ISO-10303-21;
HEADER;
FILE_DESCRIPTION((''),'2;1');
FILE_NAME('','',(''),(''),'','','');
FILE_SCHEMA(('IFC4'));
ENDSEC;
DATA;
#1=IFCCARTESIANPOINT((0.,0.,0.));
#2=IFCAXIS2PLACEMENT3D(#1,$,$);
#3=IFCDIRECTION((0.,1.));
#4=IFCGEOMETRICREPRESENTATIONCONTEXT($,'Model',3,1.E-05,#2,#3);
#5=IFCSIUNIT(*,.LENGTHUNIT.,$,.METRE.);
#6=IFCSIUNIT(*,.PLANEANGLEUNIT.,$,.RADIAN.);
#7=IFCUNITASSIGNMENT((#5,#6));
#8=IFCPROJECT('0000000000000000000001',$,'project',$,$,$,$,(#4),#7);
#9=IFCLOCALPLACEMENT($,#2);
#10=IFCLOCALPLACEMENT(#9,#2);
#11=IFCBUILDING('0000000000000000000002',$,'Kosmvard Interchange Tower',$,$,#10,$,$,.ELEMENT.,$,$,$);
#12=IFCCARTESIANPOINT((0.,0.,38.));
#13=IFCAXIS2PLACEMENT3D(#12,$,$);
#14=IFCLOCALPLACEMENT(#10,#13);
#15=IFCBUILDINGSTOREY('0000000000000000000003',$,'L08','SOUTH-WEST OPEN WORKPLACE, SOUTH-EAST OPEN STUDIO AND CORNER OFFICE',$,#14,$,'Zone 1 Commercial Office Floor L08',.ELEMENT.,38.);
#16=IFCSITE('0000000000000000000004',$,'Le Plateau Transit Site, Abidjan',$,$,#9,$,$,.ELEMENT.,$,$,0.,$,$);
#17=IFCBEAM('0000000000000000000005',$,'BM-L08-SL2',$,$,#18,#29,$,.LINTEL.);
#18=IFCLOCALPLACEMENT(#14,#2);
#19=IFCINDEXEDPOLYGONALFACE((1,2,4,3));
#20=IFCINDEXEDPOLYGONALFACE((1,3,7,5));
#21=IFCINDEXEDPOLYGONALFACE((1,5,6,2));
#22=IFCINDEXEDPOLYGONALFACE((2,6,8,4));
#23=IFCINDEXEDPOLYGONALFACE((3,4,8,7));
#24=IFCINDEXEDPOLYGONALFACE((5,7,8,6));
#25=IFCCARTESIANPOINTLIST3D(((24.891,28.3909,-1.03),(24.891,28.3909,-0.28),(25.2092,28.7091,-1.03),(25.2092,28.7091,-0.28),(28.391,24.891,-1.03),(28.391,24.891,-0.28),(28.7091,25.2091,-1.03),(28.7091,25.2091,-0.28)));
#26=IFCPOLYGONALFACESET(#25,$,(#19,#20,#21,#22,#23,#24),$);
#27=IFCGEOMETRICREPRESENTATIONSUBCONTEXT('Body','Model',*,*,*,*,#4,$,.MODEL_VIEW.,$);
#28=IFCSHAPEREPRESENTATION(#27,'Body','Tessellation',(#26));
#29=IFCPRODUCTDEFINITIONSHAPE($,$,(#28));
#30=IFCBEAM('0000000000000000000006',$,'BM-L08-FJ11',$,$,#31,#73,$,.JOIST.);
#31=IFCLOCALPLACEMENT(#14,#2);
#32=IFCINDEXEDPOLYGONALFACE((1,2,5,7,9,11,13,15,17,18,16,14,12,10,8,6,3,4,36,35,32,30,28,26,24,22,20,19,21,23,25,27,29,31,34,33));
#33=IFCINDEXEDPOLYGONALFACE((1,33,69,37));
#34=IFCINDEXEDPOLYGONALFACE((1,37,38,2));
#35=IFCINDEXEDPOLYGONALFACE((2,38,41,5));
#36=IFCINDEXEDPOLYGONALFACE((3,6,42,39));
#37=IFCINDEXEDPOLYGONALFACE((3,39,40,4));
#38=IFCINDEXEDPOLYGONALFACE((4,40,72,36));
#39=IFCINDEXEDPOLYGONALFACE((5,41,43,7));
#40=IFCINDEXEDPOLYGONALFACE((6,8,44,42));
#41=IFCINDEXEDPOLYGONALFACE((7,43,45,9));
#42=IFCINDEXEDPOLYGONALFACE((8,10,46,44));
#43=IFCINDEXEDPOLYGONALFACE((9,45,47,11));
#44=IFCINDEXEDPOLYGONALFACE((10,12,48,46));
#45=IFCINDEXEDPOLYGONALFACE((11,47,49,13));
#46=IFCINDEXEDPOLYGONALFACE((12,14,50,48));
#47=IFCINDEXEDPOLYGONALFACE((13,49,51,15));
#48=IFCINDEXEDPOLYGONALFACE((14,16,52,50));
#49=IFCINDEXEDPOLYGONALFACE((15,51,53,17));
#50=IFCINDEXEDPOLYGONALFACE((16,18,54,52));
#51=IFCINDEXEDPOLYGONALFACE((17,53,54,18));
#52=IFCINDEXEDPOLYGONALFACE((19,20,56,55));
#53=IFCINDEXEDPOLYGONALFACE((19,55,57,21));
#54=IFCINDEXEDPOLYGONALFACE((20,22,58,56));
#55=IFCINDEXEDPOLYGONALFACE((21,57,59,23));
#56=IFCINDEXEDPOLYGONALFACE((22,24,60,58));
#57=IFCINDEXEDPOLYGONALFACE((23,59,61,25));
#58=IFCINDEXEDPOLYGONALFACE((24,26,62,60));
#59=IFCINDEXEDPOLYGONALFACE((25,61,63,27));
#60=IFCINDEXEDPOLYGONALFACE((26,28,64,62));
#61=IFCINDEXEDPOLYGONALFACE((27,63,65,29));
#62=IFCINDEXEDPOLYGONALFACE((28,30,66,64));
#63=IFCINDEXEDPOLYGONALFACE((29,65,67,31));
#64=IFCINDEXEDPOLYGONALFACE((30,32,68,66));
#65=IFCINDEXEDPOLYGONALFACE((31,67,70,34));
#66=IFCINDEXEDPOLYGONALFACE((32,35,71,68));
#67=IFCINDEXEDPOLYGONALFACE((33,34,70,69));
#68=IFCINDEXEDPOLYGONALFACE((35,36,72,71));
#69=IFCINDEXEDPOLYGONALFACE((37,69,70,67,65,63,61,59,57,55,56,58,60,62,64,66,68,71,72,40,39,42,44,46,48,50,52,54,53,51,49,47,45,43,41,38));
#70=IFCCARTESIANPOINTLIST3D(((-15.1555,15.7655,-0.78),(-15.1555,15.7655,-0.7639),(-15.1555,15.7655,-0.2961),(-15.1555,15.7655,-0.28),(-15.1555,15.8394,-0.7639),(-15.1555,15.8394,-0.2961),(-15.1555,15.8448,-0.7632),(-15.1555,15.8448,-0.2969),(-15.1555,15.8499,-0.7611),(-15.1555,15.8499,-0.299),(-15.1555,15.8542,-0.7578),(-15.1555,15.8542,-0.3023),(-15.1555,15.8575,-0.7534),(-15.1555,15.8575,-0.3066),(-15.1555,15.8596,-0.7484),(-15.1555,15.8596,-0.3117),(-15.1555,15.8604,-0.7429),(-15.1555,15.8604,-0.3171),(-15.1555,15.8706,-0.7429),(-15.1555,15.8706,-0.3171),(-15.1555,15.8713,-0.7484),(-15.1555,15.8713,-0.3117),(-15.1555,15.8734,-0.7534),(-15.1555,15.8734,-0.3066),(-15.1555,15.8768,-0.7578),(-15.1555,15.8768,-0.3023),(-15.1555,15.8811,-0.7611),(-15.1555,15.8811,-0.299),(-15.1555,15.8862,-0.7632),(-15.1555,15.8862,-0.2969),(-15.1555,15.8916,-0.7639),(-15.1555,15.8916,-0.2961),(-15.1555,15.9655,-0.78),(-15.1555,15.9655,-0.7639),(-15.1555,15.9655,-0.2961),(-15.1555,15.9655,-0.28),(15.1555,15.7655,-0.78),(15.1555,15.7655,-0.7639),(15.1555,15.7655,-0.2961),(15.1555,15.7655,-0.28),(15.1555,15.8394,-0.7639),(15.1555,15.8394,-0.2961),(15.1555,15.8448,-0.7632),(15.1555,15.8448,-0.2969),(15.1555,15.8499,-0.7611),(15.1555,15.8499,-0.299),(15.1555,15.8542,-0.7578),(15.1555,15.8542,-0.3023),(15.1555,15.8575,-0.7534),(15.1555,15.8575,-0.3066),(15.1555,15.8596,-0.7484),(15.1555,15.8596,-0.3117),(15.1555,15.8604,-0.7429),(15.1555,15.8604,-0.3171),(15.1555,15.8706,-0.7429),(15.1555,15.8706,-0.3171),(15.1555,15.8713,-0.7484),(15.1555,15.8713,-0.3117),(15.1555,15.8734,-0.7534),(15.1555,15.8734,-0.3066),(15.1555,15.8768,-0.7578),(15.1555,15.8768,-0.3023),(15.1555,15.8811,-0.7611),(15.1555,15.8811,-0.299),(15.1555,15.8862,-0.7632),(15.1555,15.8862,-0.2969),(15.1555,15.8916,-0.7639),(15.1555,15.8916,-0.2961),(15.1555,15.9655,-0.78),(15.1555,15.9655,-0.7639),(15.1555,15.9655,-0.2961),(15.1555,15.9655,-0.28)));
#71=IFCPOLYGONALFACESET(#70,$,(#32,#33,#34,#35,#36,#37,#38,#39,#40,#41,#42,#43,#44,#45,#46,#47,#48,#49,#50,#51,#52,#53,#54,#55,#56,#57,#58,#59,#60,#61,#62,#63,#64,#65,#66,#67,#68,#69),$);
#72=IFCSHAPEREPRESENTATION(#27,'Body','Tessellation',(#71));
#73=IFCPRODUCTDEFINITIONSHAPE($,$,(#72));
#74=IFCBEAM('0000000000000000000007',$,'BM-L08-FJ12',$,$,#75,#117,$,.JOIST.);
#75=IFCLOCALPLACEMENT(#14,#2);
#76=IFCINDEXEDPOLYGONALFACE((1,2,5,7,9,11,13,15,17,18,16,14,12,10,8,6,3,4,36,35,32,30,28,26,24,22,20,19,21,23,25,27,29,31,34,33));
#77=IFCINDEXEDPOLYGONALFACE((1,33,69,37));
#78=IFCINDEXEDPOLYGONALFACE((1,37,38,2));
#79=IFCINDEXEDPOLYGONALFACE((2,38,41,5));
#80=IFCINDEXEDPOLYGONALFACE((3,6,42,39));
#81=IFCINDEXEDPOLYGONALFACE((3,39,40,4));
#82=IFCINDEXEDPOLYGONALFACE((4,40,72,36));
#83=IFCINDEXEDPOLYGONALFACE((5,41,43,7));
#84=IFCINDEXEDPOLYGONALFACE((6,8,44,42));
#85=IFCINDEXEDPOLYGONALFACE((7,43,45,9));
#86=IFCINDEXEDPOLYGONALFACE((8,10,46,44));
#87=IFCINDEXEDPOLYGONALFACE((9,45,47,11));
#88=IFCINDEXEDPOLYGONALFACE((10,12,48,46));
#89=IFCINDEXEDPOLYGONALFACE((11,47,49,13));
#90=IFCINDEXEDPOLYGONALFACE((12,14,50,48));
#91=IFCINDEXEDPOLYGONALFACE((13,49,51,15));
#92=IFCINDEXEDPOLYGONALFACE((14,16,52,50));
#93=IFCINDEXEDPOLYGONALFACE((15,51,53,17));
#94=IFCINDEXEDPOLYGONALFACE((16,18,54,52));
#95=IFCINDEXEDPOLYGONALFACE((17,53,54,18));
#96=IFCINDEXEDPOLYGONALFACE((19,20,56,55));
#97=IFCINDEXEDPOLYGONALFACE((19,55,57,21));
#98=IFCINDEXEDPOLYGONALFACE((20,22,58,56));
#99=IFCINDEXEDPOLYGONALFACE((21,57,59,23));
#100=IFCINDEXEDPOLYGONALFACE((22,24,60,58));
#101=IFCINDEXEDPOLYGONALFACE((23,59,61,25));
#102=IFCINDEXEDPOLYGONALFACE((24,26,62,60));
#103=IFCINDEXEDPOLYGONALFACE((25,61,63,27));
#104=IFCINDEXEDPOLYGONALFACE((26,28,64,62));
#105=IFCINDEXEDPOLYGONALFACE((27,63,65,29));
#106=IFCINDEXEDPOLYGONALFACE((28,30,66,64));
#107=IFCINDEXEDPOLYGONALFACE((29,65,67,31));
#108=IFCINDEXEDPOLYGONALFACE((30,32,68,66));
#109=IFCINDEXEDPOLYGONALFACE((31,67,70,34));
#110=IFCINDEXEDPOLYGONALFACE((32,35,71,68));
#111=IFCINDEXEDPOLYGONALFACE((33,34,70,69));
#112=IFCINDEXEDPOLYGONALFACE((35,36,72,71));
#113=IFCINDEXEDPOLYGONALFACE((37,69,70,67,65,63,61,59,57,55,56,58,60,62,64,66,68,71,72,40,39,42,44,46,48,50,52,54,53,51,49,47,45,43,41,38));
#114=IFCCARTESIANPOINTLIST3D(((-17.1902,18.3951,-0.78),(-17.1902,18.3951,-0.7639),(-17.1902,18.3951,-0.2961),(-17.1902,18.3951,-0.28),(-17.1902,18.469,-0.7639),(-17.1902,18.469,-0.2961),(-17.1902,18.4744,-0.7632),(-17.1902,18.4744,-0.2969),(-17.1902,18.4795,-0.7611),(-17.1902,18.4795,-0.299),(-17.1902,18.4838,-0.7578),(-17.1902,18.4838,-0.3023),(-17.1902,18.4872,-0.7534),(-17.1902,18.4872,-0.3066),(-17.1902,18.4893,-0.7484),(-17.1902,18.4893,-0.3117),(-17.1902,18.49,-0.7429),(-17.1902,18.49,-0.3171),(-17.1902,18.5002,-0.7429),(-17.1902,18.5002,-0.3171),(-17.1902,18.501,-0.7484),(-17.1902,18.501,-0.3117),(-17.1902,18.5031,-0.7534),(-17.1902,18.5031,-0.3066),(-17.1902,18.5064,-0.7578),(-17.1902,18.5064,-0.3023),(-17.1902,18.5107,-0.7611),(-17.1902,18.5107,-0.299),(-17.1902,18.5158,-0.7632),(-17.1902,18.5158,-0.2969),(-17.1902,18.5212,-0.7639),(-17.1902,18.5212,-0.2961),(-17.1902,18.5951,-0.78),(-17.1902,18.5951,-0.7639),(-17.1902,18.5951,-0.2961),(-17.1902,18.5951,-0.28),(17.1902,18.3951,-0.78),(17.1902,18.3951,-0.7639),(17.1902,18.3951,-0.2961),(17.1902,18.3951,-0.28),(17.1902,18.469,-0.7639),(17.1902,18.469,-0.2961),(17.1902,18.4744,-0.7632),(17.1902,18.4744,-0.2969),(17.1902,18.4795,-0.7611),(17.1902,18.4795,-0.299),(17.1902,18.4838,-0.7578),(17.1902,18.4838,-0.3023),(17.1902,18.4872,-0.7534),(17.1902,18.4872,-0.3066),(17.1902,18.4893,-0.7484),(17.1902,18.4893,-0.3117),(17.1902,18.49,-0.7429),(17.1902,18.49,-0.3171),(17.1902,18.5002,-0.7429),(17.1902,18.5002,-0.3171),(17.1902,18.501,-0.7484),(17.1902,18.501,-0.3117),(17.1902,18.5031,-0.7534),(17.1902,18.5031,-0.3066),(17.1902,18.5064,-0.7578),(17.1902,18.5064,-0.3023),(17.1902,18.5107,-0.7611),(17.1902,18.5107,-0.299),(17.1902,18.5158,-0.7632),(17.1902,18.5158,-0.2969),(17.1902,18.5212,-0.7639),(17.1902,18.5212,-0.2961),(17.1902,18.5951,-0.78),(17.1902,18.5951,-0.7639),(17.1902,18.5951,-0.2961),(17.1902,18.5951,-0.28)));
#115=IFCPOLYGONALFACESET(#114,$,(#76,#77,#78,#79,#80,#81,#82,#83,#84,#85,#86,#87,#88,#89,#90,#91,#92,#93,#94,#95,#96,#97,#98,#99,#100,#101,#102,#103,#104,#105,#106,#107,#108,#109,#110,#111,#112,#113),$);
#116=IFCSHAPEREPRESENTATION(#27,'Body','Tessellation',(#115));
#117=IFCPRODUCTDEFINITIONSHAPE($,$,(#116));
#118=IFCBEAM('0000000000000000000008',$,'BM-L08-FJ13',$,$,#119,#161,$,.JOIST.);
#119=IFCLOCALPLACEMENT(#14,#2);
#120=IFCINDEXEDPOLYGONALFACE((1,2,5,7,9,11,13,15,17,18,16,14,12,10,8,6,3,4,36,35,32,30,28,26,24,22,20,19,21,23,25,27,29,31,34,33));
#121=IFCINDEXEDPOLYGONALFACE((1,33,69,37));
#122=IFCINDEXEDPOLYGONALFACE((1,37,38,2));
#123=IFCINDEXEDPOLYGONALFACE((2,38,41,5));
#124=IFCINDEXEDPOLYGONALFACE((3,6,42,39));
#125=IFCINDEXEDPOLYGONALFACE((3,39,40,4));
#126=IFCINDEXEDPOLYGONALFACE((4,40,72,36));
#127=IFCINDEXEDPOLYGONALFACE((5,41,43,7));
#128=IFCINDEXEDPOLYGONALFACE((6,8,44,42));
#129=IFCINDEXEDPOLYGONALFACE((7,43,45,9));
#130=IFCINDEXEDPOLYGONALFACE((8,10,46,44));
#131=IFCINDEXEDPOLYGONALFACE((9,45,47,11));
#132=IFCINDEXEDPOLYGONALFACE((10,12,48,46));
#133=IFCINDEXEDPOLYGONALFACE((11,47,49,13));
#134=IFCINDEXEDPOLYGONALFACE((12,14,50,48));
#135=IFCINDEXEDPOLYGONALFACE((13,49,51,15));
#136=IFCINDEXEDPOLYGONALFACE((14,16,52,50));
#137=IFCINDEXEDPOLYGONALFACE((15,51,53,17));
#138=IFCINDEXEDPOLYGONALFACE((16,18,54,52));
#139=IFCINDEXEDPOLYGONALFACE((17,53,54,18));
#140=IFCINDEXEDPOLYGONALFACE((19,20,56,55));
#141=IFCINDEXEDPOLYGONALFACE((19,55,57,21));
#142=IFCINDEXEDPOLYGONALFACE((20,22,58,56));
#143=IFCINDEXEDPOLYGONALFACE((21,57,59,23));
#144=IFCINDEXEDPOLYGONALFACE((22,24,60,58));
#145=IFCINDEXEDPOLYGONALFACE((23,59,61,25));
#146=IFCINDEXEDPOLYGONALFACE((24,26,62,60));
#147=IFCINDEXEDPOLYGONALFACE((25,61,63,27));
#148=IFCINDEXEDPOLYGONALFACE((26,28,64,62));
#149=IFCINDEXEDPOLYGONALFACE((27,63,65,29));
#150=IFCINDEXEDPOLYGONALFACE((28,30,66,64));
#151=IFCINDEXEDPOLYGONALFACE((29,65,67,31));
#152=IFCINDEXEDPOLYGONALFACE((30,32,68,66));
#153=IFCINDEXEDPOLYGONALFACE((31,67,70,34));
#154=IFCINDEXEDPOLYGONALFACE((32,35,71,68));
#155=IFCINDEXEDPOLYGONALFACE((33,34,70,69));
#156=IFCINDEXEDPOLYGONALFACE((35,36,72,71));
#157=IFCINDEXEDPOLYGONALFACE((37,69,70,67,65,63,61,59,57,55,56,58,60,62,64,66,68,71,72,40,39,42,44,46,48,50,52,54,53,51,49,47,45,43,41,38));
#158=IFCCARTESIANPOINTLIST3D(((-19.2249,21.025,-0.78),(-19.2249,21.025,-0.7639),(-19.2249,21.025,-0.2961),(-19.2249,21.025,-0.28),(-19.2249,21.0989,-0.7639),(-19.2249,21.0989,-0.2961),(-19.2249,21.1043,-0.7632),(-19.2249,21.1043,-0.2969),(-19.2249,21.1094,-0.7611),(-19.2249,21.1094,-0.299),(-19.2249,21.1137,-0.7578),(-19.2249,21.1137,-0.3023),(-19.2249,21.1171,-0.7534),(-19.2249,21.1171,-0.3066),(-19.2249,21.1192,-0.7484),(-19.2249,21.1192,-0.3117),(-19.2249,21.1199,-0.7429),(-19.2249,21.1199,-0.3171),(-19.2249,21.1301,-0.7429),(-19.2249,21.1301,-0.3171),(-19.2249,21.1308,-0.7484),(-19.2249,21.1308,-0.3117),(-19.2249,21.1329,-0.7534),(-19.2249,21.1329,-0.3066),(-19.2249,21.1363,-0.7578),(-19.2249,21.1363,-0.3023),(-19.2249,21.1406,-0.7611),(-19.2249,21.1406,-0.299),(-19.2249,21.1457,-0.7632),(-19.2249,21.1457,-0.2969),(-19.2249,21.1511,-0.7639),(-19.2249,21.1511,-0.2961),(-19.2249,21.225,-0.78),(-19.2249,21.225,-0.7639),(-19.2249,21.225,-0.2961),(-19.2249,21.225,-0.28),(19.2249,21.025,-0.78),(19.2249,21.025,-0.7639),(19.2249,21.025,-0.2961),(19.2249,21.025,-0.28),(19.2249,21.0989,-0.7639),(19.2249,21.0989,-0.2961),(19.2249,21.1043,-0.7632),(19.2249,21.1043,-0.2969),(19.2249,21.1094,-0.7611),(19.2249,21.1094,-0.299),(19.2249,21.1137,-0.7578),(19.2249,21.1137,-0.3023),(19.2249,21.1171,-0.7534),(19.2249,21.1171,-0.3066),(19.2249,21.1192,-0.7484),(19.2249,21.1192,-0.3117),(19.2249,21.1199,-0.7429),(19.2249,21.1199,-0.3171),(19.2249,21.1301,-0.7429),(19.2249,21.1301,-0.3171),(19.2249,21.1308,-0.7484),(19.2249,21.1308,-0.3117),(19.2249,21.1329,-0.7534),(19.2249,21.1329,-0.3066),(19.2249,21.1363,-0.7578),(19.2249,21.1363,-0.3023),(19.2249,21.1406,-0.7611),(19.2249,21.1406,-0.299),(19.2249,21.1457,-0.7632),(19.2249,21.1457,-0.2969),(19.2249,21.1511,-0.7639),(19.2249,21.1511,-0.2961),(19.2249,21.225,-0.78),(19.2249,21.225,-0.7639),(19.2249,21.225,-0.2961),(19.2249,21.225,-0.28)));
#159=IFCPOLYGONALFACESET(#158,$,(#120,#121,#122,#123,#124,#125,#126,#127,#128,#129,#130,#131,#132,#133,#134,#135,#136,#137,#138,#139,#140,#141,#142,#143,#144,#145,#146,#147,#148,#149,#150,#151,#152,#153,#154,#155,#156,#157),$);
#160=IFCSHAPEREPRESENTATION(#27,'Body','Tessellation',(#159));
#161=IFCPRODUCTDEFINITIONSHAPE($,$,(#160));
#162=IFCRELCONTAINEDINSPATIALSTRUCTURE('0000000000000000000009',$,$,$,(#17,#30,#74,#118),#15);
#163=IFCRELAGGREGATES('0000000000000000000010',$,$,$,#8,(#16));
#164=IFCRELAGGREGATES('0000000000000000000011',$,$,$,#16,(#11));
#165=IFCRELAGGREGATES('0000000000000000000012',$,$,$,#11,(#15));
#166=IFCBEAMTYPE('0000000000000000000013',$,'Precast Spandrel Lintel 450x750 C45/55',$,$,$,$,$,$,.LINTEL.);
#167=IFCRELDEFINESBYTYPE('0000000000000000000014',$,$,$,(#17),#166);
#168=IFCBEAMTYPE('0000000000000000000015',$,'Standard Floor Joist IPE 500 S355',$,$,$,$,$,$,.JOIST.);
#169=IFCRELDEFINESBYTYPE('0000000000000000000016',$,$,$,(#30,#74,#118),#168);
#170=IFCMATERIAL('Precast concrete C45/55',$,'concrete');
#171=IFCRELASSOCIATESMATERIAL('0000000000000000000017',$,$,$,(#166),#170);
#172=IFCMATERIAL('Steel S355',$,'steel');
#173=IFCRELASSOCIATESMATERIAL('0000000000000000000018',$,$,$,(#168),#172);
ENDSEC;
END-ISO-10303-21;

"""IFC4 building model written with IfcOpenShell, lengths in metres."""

from ifc_helpers import new_model, si_unit, direction, frame, origin, origin_2d, place, context, subcontext, project, spatial, rectangle, i_section, extrude, source, transform, mapped, material, material_profile, profile_set, type_object, element, save


model = new_model("IFC4")

# Units and contexts
model_context = context("Model", 3, precision=1e-05, world=origin(), true_north=direction((0.0, 1.0)))
body_context = subcontext(model_context, "Body", "Model", "MODEL_VIEW")
ifc_project = project(units=[si_unit("LENGTHUNIT", "METRE"), si_unit("PLANEANGLEUNIT", "RADIAN")], contexts=[model_context])

# Site, building, storey
site_placement = place(None, origin())
site = spatial("IfcSite", under=ifc_project, at=site_placement, Name="Le Plateau Transit Site, Abidjan", CompositionType="ELEMENT", RefElevation=0.0)
building_placement = place(site_placement, origin())
building = spatial("IfcBuilding", under=site, at=building_placement, Name="Kosmvard Interchange Tower", CompositionType="ELEMENT")
storey_placement = place(building_placement, frame((0.0, 0.0, 38.0)))
storey = spatial("IfcBuildingStorey", under=building, at=storey_placement, Name="L08", Description="SOUTH-WEST OPEN WORKPLACE, SOUTH-EAST OPEN STUDIO AND CORNER OFFICE", LongName="Zone 1 Commercial Office Floor L08", CompositionType="ELEMENT", Elevation=38.0)

# Beams
ifc_material_1 = material(Name="Steel S355", Category="steel")
ifc_material_2 = material(Name="Precast concrete C45/55", Category="concrete")
ifc_material_profile_1 = material_profile(ifc_material_2, rectangle(XDim=0.45, YDim=0.75, at=origin_2d()), Name="SL 450x750")
ifc_profile_set_1 = profile_set([ifc_material_profile_1], Name="Precast concrete C45/55")
beam_type_1 = type_object("IfcBeamType", Name="Precast Spandrel Lintel 450x750 C45/55", PredefinedType="LINTEL", material=ifc_profile_set_1)
shared_shape_1 = source(origin(), body_context, "Body", "SweptSolid", [
    extrude(rectangle(XDim=0.45, YDim=0.75, at=origin_2d()), origin(), (0.0, 0.0, 1.0), 4.9497),
])
beam_1_placement = place(storey_placement, frame((28.55, 25.05, -0.655), z_axis=(-0.707107, 0.707107, 0.0), x_axis=(-0.707107, -0.707107, 0.0)))
element("IfcBeam", 1, at=beam_1_placement, inside=storey, type_object=beam_type_1, Name="BM-L08-SL2", PredefinedType="LINTEL", context=body_context, shape_type="MappedRepresentation", body=[
    mapped(shared_shape_1, transform((0.0, 0.0, 0.0), scale=1.0)),
])
ifc_material_profile_2 = material_profile(ifc_material_1, i_section(OverallWidth=0.2, OverallDepth=0.5, WebThickness=0.0103, FlangeThickness=0.0161, FilletRadius=0.021, at=origin_2d()), Name="IPE 500")
ifc_profile_set_2 = profile_set([ifc_material_profile_2], Name="Steel S355")
beam_type_2 = type_object("IfcBeamType", Name="Standard Floor Joist IPE 500 S355", PredefinedType="JOIST", material=ifc_profile_set_2)
shared_shape_2 = source(origin(), body_context, "Body", "SweptSolid", [
    extrude(i_section(OverallWidth=0.2, OverallDepth=0.5, WebThickness=0.0103, FlangeThickness=0.0161, FilletRadius=0.021, at=origin_2d()), origin(), (0.0, 0.0, 1.0), 30.311),
])
beam_2_placement = place(storey_placement, frame((15.1555, 15.8655, -0.53), z_axis=(-1.0, 0.0, 0.0), x_axis=(0.0, -1.0, 0.0)))
element("IfcBeam", 2, at=beam_2_placement, inside=storey, type_object=beam_type_2, Name="BM-L08-FJ11", PredefinedType="JOIST", context=body_context, shape_type="MappedRepresentation", body=[
    mapped(shared_shape_2, transform((0.0, 0.0, 0.0), scale=1.0)),
])
shared_shape_3 = source(origin(), body_context, "Body", "SweptSolid", [
    extrude(i_section(OverallWidth=0.2, OverallDepth=0.5, WebThickness=0.0103, FlangeThickness=0.0161, FilletRadius=0.021, at=origin_2d()), origin(), (0.0, 0.0, 1.0), 34.3804),
])
beam_3_placement = place(storey_placement, frame((17.1902, 18.4951, -0.53), z_axis=(-1.0, 0.0, 0.0), x_axis=(0.0, -1.0, 0.0)))
element("IfcBeam", 3, at=beam_3_placement, inside=storey, type_object=beam_type_2, Name="BM-L08-FJ12", PredefinedType="JOIST", context=body_context, shape_type="MappedRepresentation", body=[
    mapped(shared_shape_3, transform((0.0, 0.0, 0.0), scale=1.0)),
])
shared_shape_4 = source(origin(), body_context, "Body", "SweptSolid", [
    extrude(i_section(OverallWidth=0.2, OverallDepth=0.5, WebThickness=0.0103, FlangeThickness=0.0161, FilletRadius=0.021, at=origin_2d()), origin(), (0.0, 0.0, 1.0), 38.4497),
])
beam_4_placement = place(storey_placement, frame((19.2249, 21.125, -0.53), z_axis=(-1.0, 0.0, 0.0), x_axis=(0.0, -1.0, 0.0)))
element("IfcBeam", 4, at=beam_4_placement, inside=storey, type_object=beam_type_2, Name="BM-L08-FJ13", PredefinedType="JOIST", context=body_context, shape_type="MappedRepresentation", body=[
    mapped(shared_shape_4, transform((0.0, 0.0, 0.0), scale=1.0)),
])

save(model, "model.ifc")
